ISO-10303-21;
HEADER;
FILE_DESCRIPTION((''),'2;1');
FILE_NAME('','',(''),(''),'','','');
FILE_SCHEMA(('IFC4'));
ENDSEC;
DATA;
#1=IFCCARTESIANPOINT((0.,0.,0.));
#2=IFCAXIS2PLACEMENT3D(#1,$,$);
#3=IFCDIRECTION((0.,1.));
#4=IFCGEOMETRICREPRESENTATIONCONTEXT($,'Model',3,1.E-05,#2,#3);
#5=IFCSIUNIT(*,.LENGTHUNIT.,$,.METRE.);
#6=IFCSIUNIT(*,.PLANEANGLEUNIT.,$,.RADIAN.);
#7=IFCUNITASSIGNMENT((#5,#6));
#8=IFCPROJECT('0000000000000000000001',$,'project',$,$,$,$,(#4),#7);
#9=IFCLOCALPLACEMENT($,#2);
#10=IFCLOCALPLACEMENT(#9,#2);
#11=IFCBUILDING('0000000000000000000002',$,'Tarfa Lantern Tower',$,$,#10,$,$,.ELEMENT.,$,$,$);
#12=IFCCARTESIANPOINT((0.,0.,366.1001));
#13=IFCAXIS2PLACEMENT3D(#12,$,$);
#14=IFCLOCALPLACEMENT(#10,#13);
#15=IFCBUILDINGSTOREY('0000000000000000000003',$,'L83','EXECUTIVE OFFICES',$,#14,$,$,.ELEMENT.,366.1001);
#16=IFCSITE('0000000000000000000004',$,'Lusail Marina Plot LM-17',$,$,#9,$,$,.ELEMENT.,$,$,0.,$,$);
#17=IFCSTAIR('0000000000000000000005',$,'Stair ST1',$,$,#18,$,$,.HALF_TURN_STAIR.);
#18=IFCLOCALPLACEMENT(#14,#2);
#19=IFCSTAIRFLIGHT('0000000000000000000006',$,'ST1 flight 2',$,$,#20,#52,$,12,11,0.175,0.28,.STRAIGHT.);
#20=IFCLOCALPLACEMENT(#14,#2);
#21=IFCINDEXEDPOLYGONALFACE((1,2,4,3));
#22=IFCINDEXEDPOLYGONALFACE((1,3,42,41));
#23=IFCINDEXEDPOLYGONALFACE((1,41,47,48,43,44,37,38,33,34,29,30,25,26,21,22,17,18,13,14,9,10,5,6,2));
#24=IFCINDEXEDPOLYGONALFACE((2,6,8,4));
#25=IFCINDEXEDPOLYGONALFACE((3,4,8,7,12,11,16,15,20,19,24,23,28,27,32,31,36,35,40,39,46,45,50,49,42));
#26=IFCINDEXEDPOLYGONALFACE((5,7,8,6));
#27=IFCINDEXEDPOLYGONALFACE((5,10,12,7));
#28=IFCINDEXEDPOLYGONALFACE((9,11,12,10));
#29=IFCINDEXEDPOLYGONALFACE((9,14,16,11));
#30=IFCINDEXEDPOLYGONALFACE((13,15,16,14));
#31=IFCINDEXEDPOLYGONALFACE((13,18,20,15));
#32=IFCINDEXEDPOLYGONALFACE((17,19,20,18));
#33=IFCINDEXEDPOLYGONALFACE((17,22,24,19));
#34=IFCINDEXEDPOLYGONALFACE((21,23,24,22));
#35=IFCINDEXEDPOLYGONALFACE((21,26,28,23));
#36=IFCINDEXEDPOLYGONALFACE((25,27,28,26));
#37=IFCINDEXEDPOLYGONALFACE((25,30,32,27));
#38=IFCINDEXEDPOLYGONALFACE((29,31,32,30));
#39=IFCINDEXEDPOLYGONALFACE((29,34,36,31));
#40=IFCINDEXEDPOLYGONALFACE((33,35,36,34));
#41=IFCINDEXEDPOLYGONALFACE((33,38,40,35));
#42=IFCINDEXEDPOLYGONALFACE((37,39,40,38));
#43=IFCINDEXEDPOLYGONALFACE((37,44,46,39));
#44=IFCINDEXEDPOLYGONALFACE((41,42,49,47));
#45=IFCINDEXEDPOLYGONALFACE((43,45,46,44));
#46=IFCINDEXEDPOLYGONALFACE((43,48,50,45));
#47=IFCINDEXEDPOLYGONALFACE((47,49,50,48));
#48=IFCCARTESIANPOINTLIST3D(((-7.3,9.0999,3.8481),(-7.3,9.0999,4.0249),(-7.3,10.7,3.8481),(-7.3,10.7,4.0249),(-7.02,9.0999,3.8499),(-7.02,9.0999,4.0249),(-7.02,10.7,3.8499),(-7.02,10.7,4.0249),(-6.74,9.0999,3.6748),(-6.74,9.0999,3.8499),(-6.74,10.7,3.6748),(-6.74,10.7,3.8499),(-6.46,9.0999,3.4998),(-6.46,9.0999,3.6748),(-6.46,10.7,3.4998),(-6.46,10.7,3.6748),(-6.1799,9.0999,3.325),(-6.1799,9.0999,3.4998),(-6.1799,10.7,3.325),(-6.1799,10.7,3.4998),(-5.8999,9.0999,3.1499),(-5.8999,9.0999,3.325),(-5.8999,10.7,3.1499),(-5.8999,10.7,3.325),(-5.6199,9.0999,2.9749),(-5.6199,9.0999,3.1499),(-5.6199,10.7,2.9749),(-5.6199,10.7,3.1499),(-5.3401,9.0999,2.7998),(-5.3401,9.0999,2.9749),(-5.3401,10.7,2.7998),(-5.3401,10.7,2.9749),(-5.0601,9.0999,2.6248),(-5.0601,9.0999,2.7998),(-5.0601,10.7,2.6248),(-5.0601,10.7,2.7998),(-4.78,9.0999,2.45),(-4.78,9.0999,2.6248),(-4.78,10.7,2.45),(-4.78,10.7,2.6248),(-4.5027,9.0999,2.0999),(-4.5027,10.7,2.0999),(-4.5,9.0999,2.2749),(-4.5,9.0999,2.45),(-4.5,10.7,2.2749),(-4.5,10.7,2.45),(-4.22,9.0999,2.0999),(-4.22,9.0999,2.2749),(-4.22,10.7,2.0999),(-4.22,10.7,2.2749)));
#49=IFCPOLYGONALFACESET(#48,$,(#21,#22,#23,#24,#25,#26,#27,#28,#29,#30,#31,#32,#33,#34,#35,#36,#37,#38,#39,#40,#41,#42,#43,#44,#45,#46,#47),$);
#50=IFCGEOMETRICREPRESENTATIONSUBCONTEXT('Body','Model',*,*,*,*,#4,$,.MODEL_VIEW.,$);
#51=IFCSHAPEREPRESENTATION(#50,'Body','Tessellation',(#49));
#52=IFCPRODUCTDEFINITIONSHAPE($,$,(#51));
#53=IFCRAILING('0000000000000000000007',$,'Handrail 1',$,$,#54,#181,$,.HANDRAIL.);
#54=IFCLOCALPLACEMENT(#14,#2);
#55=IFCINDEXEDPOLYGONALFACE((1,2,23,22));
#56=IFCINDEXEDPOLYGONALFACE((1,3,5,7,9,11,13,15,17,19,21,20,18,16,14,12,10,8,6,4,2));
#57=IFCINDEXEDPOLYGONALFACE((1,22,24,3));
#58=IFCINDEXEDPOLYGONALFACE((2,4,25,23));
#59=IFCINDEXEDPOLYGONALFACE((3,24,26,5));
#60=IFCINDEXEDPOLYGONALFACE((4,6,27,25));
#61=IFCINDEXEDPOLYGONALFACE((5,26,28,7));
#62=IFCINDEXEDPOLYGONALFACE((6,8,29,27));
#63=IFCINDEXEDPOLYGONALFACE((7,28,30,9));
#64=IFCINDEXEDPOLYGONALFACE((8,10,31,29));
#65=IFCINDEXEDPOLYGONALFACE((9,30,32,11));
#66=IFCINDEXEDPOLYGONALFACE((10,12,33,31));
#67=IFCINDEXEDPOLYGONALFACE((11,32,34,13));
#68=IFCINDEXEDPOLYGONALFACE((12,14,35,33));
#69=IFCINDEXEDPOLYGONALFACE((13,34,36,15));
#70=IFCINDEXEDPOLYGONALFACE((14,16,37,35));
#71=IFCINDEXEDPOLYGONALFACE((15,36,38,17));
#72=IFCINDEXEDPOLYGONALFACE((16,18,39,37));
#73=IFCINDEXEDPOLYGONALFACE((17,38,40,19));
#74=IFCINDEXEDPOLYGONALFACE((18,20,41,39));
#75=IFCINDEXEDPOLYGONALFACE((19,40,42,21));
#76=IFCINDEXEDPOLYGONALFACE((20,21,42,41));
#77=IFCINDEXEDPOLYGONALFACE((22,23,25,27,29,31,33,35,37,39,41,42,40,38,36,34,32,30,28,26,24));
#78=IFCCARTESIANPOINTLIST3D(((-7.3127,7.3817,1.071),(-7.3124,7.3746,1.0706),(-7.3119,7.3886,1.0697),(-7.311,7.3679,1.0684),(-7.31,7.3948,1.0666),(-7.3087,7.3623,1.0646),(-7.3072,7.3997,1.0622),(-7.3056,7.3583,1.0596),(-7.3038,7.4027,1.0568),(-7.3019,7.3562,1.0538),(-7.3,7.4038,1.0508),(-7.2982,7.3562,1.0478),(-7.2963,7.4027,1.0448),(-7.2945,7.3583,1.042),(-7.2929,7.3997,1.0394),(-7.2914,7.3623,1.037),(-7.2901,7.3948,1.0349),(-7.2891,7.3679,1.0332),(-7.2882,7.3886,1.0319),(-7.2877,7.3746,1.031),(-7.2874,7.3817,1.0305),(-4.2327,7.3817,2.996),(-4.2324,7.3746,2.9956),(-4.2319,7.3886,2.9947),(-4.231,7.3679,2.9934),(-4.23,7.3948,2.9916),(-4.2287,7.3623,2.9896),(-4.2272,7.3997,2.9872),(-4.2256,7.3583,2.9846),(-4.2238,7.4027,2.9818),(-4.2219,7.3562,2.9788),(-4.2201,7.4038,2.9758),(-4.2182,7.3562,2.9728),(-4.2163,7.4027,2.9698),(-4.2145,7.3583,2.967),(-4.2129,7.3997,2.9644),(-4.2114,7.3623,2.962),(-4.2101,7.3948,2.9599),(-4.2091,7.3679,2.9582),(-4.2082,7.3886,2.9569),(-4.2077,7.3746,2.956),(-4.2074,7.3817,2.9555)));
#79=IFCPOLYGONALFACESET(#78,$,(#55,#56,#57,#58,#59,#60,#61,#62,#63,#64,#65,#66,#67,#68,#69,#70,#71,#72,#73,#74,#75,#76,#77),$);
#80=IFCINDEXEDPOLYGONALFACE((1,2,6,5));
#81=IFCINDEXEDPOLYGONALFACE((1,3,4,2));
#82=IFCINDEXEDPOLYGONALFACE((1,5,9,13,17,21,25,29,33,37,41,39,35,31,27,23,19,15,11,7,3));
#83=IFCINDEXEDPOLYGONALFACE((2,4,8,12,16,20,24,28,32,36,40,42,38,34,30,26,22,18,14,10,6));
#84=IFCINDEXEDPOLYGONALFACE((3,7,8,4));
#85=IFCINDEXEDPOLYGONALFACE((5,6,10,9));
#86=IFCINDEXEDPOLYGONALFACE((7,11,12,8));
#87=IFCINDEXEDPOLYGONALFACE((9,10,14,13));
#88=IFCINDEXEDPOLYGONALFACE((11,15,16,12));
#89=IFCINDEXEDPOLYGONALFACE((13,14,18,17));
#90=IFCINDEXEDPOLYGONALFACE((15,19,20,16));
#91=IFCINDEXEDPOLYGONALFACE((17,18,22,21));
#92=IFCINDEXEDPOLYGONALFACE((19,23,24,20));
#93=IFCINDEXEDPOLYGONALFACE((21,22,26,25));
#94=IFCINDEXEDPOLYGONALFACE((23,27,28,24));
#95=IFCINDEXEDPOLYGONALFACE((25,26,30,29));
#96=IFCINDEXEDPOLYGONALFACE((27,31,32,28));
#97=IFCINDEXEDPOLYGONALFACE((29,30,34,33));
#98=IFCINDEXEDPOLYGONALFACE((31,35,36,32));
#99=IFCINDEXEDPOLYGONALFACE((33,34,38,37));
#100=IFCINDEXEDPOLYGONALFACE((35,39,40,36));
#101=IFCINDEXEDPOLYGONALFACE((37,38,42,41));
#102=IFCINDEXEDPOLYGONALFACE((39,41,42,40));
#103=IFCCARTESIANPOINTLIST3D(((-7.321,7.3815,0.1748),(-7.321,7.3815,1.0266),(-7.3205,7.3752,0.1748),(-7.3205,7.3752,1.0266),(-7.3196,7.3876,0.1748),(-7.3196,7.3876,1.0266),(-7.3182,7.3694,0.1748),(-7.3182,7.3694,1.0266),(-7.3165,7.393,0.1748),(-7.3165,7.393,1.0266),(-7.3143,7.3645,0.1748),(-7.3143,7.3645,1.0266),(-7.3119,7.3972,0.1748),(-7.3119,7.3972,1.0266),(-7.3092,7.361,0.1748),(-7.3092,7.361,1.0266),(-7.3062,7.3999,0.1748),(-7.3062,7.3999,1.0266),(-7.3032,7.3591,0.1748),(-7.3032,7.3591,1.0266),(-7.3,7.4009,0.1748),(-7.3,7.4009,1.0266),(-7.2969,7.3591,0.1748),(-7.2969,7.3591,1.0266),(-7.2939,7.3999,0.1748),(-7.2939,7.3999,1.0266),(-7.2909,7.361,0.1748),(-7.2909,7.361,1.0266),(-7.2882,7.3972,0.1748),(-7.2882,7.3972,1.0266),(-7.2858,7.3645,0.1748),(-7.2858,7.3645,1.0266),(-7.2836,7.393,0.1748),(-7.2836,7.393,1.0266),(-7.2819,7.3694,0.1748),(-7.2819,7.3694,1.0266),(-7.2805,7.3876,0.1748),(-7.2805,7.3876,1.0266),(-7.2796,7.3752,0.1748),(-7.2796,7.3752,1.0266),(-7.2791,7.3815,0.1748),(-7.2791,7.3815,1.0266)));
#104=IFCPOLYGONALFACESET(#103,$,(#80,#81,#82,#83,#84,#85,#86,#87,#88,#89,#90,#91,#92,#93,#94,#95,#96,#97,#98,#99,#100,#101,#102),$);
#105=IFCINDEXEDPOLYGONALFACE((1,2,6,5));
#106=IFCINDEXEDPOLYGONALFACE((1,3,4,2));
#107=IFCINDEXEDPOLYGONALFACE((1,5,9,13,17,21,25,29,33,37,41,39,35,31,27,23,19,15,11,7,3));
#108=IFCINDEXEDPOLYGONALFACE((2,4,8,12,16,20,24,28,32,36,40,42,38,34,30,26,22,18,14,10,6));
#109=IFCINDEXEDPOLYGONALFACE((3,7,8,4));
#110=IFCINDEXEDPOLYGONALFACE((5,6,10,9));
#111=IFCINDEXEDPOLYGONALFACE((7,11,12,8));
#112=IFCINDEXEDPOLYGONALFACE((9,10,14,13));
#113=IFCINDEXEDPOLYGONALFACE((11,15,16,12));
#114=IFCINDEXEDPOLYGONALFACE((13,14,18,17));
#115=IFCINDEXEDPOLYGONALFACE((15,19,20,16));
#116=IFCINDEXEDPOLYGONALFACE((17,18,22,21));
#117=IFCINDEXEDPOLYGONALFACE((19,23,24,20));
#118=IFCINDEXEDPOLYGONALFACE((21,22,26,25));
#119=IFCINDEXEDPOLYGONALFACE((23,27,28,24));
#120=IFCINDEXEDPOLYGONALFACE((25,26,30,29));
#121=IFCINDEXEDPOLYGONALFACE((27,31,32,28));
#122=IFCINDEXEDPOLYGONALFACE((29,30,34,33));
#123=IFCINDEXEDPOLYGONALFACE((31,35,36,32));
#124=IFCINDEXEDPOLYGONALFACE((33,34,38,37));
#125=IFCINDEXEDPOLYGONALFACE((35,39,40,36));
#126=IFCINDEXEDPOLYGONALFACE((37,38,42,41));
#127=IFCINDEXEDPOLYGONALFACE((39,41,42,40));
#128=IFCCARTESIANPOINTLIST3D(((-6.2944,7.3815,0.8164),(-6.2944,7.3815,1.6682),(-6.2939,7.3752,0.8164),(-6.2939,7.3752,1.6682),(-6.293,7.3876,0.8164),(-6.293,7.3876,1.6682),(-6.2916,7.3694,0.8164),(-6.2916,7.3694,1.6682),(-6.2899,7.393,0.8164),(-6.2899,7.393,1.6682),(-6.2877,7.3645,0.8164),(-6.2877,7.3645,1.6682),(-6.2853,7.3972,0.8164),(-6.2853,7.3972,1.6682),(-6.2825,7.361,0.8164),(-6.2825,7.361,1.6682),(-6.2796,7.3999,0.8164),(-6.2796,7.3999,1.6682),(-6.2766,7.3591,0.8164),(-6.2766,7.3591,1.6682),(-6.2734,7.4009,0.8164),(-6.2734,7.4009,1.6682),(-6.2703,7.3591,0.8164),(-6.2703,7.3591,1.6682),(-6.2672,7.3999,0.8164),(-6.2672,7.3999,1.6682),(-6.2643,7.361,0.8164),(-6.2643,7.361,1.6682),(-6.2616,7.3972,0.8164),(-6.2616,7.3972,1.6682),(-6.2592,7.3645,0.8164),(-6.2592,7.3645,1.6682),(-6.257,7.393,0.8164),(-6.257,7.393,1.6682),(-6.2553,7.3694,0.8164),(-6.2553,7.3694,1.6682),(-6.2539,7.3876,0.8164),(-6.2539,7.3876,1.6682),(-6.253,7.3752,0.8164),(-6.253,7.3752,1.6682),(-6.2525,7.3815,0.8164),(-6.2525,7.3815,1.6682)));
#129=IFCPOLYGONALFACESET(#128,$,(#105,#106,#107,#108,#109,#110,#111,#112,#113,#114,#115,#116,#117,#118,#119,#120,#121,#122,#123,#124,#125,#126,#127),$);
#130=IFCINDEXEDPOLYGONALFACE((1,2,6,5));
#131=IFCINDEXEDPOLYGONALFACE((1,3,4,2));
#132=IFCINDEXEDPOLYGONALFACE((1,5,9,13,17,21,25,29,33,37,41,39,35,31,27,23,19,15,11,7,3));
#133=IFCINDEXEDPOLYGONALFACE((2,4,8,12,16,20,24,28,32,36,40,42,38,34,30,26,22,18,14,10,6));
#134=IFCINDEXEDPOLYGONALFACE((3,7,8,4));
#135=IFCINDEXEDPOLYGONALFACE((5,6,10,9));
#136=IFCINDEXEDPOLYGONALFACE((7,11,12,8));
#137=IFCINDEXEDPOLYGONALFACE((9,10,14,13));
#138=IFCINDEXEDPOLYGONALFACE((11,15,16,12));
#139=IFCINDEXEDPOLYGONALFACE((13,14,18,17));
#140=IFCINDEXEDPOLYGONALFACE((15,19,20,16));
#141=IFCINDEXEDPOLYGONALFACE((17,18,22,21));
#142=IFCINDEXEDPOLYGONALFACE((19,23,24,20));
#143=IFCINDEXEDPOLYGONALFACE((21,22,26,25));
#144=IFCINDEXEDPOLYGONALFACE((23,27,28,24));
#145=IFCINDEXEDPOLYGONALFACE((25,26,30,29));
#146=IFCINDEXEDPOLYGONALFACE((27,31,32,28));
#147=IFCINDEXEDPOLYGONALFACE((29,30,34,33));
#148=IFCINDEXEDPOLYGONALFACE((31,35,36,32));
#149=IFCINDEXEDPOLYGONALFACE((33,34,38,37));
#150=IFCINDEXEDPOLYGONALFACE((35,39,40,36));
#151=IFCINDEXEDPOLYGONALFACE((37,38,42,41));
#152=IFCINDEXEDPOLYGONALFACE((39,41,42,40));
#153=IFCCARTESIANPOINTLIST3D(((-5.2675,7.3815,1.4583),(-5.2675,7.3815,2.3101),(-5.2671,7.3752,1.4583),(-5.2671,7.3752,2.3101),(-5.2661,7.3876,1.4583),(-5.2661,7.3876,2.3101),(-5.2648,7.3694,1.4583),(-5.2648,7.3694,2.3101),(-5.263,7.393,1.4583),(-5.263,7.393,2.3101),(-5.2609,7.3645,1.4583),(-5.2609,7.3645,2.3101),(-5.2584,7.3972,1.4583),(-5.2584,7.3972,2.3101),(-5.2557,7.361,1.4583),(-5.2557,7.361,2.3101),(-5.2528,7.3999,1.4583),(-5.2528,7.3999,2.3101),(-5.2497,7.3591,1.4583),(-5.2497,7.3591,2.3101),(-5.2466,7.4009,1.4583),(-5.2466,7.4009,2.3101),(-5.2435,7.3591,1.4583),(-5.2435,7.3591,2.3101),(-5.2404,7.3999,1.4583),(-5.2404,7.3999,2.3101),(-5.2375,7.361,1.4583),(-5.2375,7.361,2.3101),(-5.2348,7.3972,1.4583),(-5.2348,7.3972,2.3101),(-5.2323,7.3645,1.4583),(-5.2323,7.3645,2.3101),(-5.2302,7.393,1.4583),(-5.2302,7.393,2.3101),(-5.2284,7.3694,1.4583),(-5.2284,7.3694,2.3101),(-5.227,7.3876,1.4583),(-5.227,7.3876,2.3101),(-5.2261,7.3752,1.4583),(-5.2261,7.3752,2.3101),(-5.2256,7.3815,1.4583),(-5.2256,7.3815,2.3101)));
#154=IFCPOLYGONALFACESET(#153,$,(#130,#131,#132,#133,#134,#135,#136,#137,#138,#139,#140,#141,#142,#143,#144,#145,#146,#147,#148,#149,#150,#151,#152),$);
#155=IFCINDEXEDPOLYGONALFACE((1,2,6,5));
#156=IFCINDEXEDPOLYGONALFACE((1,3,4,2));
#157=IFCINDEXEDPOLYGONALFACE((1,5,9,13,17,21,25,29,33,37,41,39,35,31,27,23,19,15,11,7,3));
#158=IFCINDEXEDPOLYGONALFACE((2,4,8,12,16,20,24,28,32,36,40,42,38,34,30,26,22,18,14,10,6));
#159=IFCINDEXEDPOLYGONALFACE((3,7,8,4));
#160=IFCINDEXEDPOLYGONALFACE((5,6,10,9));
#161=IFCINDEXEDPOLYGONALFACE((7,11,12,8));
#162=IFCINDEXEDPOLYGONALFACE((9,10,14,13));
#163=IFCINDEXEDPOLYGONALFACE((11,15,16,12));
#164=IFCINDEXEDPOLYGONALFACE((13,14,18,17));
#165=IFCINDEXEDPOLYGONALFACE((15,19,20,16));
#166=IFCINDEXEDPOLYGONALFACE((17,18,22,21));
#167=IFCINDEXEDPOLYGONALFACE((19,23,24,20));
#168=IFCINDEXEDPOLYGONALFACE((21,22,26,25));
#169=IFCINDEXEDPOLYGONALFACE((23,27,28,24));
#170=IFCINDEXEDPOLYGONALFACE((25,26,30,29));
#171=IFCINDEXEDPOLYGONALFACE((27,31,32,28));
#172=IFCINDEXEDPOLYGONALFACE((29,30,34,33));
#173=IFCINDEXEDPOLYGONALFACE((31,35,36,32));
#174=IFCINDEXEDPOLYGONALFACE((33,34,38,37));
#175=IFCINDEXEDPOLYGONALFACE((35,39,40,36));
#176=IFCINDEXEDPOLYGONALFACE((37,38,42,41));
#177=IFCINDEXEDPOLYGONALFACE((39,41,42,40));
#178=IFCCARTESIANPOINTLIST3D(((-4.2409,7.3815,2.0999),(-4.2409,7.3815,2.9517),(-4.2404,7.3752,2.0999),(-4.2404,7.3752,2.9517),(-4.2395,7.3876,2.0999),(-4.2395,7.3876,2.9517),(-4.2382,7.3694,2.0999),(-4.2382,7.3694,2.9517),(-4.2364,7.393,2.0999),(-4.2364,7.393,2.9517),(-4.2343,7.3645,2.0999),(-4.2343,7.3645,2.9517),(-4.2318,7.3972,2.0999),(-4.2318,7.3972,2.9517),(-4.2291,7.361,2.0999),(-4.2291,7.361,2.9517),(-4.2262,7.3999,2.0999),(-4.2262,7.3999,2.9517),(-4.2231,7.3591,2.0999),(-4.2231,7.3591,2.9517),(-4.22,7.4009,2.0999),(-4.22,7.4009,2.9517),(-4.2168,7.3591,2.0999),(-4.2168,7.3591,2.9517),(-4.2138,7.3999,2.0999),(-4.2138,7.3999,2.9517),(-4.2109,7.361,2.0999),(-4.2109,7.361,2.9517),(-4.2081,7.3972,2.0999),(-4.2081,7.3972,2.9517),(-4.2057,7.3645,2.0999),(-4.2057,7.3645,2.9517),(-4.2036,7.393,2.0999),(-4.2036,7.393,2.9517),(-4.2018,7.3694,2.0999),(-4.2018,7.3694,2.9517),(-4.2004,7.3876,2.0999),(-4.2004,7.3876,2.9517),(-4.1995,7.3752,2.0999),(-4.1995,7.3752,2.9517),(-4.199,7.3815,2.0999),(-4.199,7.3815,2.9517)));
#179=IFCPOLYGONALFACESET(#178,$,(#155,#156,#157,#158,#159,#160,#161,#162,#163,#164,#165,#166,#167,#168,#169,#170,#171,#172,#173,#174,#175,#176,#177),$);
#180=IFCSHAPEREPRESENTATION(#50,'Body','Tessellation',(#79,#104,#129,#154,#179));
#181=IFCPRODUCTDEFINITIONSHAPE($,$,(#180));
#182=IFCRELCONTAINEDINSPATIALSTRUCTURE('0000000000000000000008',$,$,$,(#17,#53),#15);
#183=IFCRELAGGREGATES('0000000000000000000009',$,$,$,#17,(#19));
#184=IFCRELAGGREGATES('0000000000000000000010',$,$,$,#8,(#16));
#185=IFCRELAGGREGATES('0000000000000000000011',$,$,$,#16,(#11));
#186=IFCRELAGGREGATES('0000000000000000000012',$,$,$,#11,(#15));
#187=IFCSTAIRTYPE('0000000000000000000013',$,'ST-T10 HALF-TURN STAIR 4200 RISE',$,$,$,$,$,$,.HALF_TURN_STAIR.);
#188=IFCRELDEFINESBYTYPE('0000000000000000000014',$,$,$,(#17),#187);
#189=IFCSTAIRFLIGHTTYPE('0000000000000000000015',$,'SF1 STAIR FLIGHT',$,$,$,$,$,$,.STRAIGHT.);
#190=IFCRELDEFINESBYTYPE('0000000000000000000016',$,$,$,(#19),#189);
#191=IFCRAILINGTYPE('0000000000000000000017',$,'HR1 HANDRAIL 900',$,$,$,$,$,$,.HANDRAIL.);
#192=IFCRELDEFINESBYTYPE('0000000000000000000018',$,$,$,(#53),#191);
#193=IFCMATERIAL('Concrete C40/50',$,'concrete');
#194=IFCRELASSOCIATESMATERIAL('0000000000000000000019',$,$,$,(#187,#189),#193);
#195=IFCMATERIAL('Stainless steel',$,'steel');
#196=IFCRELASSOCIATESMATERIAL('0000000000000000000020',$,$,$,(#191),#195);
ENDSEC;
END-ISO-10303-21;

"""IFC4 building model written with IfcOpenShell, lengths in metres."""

from ifc_helpers import new_model, si_unit, direction, frame, origin, origin_2d, place, context, subcontext, project, spatial, polyline, circle, outline, extrude, material, type_object, element, aggregate, save


model = new_model("IFC4")

# Units and contexts
model_context = context("Model", 3, precision=1e-05, world=origin(), true_north=direction((0.0, 1.0)))
body_context = subcontext(model_context, "Body", "Model", "MODEL_VIEW")
ifc_project = project(units=[si_unit("LENGTHUNIT", "METRE"), si_unit("PLANEANGLEUNIT", "RADIAN")], contexts=[model_context])

# Site, building, storey
site_placement = place(None, origin())
site = spatial("IfcSite", under=ifc_project, at=site_placement, Name="Lusail Marina Plot LM-17", CompositionType="ELEMENT", RefElevation=0.0)
building_placement = place(site_placement, origin())
building = spatial("IfcBuilding", under=site, at=building_placement, Name="Tarfa Lantern Tower", CompositionType="ELEMENT")
storey_placement = place(building_placement, frame((0.0, 0.0, 366.1001)))
storey = spatial("IfcBuildingStorey", under=building, at=storey_placement, Name="L83", Description="EXECUTIVE OFFICES", CompositionType="ELEMENT", Elevation=366.1001)

# Stair, stair flight
ifc_material_1 = material(Name="Concrete C40/50", Category="concrete")
stair_type = type_object("IfcStairType", Name="ST-T10 HALF-TURN STAIR 4200 RISE", PredefinedType="HALF_TURN_STAIR", material=ifc_material_1)
stair_placement = place(storey_placement, origin())
stair = element("IfcStair", 1, at=stair_placement, inside=storey, type_object=stair_type, Name="Stair ST1", PredefinedType="HALF_TURN_STAIR")
stair_flight_type = type_object("IfcStairFlightType", Name="SF1 STAIR FLIGHT", PredefinedType="STRAIGHT", material=ifc_material_1)
stair_flight_1_placement = place(storey_placement, frame((-4.22, 9.8999, 2.0999), z_axis=(0.0, 0.0, 1.0), x_axis=(-1.0, 0.0, 0.0)))
stair_flight_1 = element("IfcStairFlight", 2, at=stair_flight_1_placement, type_object=stair_flight_type, Name="ST1 flight 2", NumberOfRisers=12, NumberOfTreads=11, PredefinedType="STRAIGHT", RiserHeight=0.175, TreadLength=0.28, context=body_context, shape_type="SweptSolid", body=[
    extrude(outline(polyline([(0.0, 0.0), (0.0, 0.175), (0.28, 0.175), (0.28, 0.3501), (0.5601, 0.3501), (0.5601, 0.5249), (0.8401, 0.5249), (0.8401, 0.7), (1.1201, 0.7), (1.1201, 0.875), (1.3999, 0.875), (1.3999, 1.05), (1.6799, 1.05), (1.6799, 1.2251), (1.96, 1.2251), (1.96, 1.3999), (2.24, 1.3999), (2.24, 1.575), (2.52, 1.575), (2.52, 1.75), (2.8, 1.75), (2.8, 1.925), (3.0801, 1.925), (3.0801, 2.1001), (3.0801, 1.7483), (0.2827, 0.0), (0.0, 0.0)])), frame((0.0, 0.8, 0.0), z_axis=(0.0, -1.0, 0.0), x_axis=(1.0, 0.0, 0.0)), (0.0, 0.0, 1.0), 1.6001),
])
aggregate(stair, [stair_flight_1])

# Railing
ifc_material_2 = material(Name="Stainless steel", Category="steel")
railing_type = type_object("IfcRailingType", Name="HR1 HANDRAIL 900", PredefinedType="HANDRAIL", material=ifc_material_2)
railing_1_placement = place(storey_placement, frame((-7.3, 7.3799, 0.1748)))
element("IfcRailing", 3, at=railing_1_placement, inside=storey, type_object=railing_type, Name="Handrail 1", PredefinedType="HANDRAIL", context=body_context, shape_type="SweptSolid", body=[
    extrude(circle(Radius=0.0239, at=origin_2d()), frame((0.0, 0.0, 0.876), z_axis=(0.847998, 0.0, 0.529999), x_axis=(0.0, 1.0, 0.0)), (0.0, 0.0, 1.0), 3.6321),
    extrude(circle(Radius=0.021, at=origin_2d()), frame((0.0, 0.0, 0.0), z_axis=(0.0, 0.0, 1.0), x_axis=(0.0, 1.0, 0.0)), (0.0, 0.0, 1.0), 0.8518),
    extrude(circle(Radius=0.021, at=origin_2d()), frame((1.0266, 0.0, 0.6416), z_axis=(0.0, 0.0, 1.0), x_axis=(0.0, 1.0, 0.0)), (0.0, 0.0, 1.0), 0.8518),
    extrude(circle(Radius=0.021, at=origin_2d()), frame((2.0535, 0.0, 1.2834), z_axis=(0.0, 0.0, 1.0), x_axis=(0.0, 1.0, 0.0)), (0.0, 0.0, 1.0), 0.8518),
    extrude(circle(Radius=0.021, at=origin_2d()), frame((3.0801, 0.0, 1.925), z_axis=(0.0, 0.0, 1.0), x_axis=(0.0, 1.0, 0.0)), (0.0, 0.0, 1.0), 0.8518),
])

save(model, "model.ifc")
